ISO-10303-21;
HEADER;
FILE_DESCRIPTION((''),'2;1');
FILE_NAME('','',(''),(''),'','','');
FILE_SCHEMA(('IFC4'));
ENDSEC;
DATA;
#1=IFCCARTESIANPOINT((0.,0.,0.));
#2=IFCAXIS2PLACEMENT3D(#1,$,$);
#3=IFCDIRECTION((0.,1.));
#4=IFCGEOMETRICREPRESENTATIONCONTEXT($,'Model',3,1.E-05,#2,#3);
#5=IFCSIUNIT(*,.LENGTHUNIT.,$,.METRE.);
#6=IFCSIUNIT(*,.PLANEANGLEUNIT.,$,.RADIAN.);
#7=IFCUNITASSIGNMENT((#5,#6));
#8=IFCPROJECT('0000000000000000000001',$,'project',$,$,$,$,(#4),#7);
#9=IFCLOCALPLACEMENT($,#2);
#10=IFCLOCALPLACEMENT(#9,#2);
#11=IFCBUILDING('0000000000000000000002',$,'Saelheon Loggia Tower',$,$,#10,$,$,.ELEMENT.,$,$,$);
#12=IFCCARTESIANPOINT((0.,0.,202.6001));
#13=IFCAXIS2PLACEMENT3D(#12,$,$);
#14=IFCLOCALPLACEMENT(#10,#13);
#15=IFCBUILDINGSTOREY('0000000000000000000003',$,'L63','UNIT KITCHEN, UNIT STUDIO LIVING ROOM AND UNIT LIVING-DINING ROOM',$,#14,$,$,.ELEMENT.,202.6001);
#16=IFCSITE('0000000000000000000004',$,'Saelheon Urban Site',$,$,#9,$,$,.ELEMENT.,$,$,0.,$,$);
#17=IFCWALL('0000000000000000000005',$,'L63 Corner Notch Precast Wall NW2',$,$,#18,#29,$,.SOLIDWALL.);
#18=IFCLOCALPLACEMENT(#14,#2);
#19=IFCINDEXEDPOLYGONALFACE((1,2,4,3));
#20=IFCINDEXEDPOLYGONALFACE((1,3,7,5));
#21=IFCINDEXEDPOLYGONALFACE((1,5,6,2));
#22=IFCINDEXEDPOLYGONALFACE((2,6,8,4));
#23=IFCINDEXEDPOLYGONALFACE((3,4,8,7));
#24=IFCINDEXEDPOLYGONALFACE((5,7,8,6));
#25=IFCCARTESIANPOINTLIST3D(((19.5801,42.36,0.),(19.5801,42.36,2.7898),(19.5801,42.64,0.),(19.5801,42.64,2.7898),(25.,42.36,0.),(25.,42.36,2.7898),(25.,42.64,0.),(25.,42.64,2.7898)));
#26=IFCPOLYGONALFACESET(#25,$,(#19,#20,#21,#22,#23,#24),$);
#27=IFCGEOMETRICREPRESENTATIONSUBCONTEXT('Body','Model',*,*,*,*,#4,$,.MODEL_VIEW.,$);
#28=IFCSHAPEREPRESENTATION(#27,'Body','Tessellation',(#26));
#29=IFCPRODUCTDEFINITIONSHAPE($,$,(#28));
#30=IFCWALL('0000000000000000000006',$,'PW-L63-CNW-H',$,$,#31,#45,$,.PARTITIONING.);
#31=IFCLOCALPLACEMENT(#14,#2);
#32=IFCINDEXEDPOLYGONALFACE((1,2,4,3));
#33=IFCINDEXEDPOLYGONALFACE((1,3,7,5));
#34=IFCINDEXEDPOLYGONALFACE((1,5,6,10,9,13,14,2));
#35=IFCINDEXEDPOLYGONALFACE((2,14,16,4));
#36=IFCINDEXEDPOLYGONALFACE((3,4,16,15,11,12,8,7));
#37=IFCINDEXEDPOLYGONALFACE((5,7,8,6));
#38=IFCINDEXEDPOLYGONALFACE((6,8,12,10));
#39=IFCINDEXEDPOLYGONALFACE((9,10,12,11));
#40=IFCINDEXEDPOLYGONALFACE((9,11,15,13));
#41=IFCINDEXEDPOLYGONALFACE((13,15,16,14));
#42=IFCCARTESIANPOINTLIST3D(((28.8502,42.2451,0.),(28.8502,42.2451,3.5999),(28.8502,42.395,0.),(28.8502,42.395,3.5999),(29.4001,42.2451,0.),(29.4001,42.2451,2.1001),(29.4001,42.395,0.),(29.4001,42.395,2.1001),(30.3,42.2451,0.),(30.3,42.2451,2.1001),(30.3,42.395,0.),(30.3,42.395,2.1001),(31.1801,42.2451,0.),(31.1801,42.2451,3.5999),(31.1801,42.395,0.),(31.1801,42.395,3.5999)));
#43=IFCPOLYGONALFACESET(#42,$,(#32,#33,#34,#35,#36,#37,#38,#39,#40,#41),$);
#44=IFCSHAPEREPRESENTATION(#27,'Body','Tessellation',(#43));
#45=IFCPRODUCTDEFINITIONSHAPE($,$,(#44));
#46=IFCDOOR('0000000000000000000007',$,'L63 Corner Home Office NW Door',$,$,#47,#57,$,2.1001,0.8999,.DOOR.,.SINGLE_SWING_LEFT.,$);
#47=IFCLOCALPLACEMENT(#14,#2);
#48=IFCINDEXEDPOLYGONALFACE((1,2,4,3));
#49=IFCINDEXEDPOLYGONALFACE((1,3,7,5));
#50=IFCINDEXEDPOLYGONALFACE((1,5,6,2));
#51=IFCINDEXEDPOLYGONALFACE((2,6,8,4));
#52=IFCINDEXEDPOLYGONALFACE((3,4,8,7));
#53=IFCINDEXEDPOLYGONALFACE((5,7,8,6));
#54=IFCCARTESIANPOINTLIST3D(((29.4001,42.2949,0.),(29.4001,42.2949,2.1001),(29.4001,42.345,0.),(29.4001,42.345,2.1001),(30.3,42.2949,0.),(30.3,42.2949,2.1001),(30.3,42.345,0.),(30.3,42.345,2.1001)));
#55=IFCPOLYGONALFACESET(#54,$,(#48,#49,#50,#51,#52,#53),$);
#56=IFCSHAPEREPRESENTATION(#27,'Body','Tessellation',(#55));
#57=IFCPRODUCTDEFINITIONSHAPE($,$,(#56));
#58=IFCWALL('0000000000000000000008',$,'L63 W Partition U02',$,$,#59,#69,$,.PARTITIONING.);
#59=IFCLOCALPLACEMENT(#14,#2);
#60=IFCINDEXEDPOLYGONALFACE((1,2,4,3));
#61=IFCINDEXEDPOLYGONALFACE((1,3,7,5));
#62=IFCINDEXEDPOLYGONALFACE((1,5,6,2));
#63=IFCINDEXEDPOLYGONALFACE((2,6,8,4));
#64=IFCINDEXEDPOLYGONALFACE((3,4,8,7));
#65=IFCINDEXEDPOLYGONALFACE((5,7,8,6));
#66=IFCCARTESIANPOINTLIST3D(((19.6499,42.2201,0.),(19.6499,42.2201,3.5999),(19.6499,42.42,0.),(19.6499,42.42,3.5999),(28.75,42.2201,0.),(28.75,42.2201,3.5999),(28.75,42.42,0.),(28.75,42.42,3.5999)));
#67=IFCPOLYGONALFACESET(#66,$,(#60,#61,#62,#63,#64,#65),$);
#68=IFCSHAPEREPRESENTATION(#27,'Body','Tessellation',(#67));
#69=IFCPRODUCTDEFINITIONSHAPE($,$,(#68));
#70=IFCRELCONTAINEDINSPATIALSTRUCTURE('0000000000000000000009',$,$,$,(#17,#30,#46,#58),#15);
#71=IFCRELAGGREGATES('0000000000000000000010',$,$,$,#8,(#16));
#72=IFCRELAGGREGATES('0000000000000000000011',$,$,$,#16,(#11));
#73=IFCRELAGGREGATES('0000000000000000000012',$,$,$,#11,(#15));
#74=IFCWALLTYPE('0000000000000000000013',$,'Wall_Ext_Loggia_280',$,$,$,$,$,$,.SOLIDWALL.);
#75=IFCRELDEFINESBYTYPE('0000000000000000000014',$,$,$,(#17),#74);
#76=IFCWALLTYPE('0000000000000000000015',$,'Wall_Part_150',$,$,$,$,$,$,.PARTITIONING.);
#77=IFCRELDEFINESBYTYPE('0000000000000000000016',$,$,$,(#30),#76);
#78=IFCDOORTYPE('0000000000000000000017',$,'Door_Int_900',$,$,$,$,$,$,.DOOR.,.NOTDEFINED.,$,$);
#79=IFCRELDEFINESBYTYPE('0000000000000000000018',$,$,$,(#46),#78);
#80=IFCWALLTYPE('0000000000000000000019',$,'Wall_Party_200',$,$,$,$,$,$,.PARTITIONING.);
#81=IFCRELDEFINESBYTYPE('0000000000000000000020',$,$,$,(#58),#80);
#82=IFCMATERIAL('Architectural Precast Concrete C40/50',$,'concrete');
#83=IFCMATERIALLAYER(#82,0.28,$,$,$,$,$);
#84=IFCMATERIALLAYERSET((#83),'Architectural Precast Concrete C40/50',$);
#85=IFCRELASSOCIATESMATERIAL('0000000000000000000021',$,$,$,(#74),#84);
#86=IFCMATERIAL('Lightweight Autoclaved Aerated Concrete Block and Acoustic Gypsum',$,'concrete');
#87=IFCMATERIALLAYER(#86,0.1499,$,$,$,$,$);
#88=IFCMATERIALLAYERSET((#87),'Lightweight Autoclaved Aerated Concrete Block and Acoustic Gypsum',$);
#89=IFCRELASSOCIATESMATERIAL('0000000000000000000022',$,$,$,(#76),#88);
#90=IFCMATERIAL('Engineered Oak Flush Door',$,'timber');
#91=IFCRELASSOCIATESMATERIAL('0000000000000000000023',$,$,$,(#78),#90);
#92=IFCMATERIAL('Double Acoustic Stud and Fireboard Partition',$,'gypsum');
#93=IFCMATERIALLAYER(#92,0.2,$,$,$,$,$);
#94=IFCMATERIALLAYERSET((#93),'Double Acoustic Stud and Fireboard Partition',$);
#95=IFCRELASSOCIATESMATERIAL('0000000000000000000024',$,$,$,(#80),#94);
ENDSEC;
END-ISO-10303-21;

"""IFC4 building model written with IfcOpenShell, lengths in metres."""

from ifc_helpers import new_model, si_unit, direction, frame, frame_2d, origin, place, context, subcontext, project, spatial, rectangle, extrude, source, transform, mapped, material, layer, layer_set, type_object, element, fill, save


model = new_model("IFC4")

# Units and contexts
model_context = context("Model", 3, precision=1e-05, world=origin(), true_north=direction((0.0, 1.0)))
body_context = subcontext(model_context, "Body", "Model", "MODEL_VIEW")
ifc_project = project(units=[si_unit("LENGTHUNIT", "METRE"), si_unit("PLANEANGLEUNIT", "RADIAN")], contexts=[model_context])

# Site, building, storey
site_placement = place(None, origin())
site = spatial("IfcSite", under=ifc_project, at=site_placement, Name="Saelheon Urban Site", CompositionType="ELEMENT", RefElevation=0.0)
building_placement = place(site_placement, origin())
building = spatial("IfcBuilding", under=site, at=building_placement, Name="Saelheon Loggia Tower", CompositionType="ELEMENT")
storey_placement = place(building_placement, frame((0.0, 0.0, 202.6001)))
storey = spatial("IfcBuildingStorey", under=building, at=storey_placement, Name="L63", Description="UNIT KITCHEN, UNIT STUDIO LIVING ROOM AND UNIT LIVING-DINING ROOM", CompositionType="ELEMENT", Elevation=202.6001)

# Shared definitions
ifc_material_1 = material(Name="Architectural Precast Concrete C40/50", Category="concrete")
ifc_layer_1 = layer(ifc_material_1, 0.28)
ifc_layer_set_1 = layer_set([ifc_layer_1], Name="Architectural Precast Concrete C40/50")
wall_type_1 = type_object("IfcWallType", Name="Wall_Ext_Loggia_280", PredefinedType="SOLIDWALL", material=ifc_layer_set_1)

# Wall
for number, where, z_axis, x_axis, name in (
    (1, (19.5801, 42.5, 0.0), (0.0, 0.0, 1.0), (1.0, 0.0, 0.0), "L63 Corner Notch Precast Wall NW2"),
):
    element("IfcWall", number, at=place(storey_placement, frame(where, z_axis=z_axis, x_axis=x_axis)), inside=storey, type_object=wall_type_1, Name=name, PredefinedType="SOLIDWALL", context=body_context, shape_type="SweptSolid", body=[
        extrude(rectangle(XDim=5.4199, YDim=0.28, at=frame_2d((2.71, 0.0))), origin(), (0.0, 0.0, 1.0), 2.7898),
    ])

# Wall, opening, door
ifc_material_2 = material(Name="Lightweight Autoclaved Aerated Concrete Block and Acoustic Gypsum", Category="concrete")
ifc_layer_2 = layer(ifc_material_2, 0.1499)
ifc_layer_set_2 = layer_set([ifc_layer_2], Name="Lightweight Autoclaved Aerated Concrete Block and Acoustic Gypsum")
wall_type_2 = type_object("IfcWallType", Name="Wall_Part_150", PredefinedType="PARTITIONING", material=ifc_layer_set_2)
wall_1_placement = place(storey_placement, frame((28.8501, 42.3201, 0.0), z_axis=(0.0, 0.0, 1.0), x_axis=(1.0, 0.0, 0.0)))
wall_1 = element("IfcWall", 2, at=wall_1_placement, inside=storey, type_object=wall_type_2, Name="PW-L63-CNW-H", PredefinedType="PARTITIONING", context=body_context, shape_type="SweptSolid", body=[
    extrude(rectangle(XDim=2.3298, YDim=0.1499, at=frame_2d((1.165, 0.0))), origin(), (0.0, 0.0, 1.0), 3.5999),
])
opening_1_placement = place(wall_1_placement, frame((0.55, 0.0, 0.0)))
opening_1 = element("IfcOpeningElement", 3, at=opening_1_placement, cuts=wall_1, PredefinedType="OPENING", context=body_context, shape_type="SweptSolid", body=[
    extrude(rectangle(XDim=0.8999, YDim=2.1001, at=frame_2d((0.45, 1.05))), frame((0.0, 0.0869, 0.0), z_axis=(0.0, -1.0, 0.0), x_axis=(1.0, 0.0, 0.0)), (0.0, 0.0, 1.0), 0.1738),
])
ifc_material_3 = material(Name="Engineered Oak Flush Door", Category="timber")
door_type_1 = type_object("IfcDoorType", Name="Door_Int_900", OperationType="NOTDEFINED", PredefinedType="DOOR", material=ifc_material_3)
shared_shape_1 = source(origin(), body_context, "Body", "SweptSolid", [
    extrude(rectangle(XDim=0.8999, YDim=2.1001, at=frame_2d((0.45, 1.05))), frame((0.0, 0.0249, 0.0), z_axis=(0.0, -1.0, 0.0), x_axis=(1.0, 0.0, 0.0)), (0.0, 0.0, 1.0), 0.05),
])
door_1_placement = place(opening_1_placement, origin())
door_1 = element("IfcDoor", 4, at=door_1_placement, inside=storey, type_object=door_type_1, Name="L63 Corner Home Office NW Door", OperationType="SINGLE_SWING_LEFT", OverallHeight=2.1001, OverallWidth=0.8999, PredefinedType="DOOR", context=body_context, shape_type="MappedRepresentation", body=[
    mapped(shared_shape_1, transform((0.0, 0.0, 0.0), scale=1.0)),
])
fill(opening_1, door_1)

# Wall
ifc_material_4 = material(Name="Double Acoustic Stud and Fireboard Partition", Category="gypsum")
ifc_layer_3 = layer(ifc_material_4, 0.2)
ifc_layer_set_3 = layer_set([ifc_layer_3], Name="Double Acoustic Stud and Fireboard Partition")
wall_type_3 = type_object("IfcWallType", Name="Wall_Party_200", PredefinedType="PARTITIONING", material=ifc_layer_set_3)
wall_2_placement = place(storey_placement, frame((28.75, 42.3201, 0.0), z_axis=(0.0, 0.0, 1.0), x_axis=(-1.0, 0.0, 0.0)))
element("IfcWall", 5, at=wall_2_placement, inside=storey, type_object=wall_type_3, Name="L63 W Partition U02", PredefinedType="PARTITIONING", context=body_context, shape_type="SweptSolid", body=[
    extrude(rectangle(XDim=9.1001, YDim=0.2, at=frame_2d((4.55, 0.0))), origin(), (0.0, 0.0, 1.0), 3.5999),
])

save(model, "model.ifc")
